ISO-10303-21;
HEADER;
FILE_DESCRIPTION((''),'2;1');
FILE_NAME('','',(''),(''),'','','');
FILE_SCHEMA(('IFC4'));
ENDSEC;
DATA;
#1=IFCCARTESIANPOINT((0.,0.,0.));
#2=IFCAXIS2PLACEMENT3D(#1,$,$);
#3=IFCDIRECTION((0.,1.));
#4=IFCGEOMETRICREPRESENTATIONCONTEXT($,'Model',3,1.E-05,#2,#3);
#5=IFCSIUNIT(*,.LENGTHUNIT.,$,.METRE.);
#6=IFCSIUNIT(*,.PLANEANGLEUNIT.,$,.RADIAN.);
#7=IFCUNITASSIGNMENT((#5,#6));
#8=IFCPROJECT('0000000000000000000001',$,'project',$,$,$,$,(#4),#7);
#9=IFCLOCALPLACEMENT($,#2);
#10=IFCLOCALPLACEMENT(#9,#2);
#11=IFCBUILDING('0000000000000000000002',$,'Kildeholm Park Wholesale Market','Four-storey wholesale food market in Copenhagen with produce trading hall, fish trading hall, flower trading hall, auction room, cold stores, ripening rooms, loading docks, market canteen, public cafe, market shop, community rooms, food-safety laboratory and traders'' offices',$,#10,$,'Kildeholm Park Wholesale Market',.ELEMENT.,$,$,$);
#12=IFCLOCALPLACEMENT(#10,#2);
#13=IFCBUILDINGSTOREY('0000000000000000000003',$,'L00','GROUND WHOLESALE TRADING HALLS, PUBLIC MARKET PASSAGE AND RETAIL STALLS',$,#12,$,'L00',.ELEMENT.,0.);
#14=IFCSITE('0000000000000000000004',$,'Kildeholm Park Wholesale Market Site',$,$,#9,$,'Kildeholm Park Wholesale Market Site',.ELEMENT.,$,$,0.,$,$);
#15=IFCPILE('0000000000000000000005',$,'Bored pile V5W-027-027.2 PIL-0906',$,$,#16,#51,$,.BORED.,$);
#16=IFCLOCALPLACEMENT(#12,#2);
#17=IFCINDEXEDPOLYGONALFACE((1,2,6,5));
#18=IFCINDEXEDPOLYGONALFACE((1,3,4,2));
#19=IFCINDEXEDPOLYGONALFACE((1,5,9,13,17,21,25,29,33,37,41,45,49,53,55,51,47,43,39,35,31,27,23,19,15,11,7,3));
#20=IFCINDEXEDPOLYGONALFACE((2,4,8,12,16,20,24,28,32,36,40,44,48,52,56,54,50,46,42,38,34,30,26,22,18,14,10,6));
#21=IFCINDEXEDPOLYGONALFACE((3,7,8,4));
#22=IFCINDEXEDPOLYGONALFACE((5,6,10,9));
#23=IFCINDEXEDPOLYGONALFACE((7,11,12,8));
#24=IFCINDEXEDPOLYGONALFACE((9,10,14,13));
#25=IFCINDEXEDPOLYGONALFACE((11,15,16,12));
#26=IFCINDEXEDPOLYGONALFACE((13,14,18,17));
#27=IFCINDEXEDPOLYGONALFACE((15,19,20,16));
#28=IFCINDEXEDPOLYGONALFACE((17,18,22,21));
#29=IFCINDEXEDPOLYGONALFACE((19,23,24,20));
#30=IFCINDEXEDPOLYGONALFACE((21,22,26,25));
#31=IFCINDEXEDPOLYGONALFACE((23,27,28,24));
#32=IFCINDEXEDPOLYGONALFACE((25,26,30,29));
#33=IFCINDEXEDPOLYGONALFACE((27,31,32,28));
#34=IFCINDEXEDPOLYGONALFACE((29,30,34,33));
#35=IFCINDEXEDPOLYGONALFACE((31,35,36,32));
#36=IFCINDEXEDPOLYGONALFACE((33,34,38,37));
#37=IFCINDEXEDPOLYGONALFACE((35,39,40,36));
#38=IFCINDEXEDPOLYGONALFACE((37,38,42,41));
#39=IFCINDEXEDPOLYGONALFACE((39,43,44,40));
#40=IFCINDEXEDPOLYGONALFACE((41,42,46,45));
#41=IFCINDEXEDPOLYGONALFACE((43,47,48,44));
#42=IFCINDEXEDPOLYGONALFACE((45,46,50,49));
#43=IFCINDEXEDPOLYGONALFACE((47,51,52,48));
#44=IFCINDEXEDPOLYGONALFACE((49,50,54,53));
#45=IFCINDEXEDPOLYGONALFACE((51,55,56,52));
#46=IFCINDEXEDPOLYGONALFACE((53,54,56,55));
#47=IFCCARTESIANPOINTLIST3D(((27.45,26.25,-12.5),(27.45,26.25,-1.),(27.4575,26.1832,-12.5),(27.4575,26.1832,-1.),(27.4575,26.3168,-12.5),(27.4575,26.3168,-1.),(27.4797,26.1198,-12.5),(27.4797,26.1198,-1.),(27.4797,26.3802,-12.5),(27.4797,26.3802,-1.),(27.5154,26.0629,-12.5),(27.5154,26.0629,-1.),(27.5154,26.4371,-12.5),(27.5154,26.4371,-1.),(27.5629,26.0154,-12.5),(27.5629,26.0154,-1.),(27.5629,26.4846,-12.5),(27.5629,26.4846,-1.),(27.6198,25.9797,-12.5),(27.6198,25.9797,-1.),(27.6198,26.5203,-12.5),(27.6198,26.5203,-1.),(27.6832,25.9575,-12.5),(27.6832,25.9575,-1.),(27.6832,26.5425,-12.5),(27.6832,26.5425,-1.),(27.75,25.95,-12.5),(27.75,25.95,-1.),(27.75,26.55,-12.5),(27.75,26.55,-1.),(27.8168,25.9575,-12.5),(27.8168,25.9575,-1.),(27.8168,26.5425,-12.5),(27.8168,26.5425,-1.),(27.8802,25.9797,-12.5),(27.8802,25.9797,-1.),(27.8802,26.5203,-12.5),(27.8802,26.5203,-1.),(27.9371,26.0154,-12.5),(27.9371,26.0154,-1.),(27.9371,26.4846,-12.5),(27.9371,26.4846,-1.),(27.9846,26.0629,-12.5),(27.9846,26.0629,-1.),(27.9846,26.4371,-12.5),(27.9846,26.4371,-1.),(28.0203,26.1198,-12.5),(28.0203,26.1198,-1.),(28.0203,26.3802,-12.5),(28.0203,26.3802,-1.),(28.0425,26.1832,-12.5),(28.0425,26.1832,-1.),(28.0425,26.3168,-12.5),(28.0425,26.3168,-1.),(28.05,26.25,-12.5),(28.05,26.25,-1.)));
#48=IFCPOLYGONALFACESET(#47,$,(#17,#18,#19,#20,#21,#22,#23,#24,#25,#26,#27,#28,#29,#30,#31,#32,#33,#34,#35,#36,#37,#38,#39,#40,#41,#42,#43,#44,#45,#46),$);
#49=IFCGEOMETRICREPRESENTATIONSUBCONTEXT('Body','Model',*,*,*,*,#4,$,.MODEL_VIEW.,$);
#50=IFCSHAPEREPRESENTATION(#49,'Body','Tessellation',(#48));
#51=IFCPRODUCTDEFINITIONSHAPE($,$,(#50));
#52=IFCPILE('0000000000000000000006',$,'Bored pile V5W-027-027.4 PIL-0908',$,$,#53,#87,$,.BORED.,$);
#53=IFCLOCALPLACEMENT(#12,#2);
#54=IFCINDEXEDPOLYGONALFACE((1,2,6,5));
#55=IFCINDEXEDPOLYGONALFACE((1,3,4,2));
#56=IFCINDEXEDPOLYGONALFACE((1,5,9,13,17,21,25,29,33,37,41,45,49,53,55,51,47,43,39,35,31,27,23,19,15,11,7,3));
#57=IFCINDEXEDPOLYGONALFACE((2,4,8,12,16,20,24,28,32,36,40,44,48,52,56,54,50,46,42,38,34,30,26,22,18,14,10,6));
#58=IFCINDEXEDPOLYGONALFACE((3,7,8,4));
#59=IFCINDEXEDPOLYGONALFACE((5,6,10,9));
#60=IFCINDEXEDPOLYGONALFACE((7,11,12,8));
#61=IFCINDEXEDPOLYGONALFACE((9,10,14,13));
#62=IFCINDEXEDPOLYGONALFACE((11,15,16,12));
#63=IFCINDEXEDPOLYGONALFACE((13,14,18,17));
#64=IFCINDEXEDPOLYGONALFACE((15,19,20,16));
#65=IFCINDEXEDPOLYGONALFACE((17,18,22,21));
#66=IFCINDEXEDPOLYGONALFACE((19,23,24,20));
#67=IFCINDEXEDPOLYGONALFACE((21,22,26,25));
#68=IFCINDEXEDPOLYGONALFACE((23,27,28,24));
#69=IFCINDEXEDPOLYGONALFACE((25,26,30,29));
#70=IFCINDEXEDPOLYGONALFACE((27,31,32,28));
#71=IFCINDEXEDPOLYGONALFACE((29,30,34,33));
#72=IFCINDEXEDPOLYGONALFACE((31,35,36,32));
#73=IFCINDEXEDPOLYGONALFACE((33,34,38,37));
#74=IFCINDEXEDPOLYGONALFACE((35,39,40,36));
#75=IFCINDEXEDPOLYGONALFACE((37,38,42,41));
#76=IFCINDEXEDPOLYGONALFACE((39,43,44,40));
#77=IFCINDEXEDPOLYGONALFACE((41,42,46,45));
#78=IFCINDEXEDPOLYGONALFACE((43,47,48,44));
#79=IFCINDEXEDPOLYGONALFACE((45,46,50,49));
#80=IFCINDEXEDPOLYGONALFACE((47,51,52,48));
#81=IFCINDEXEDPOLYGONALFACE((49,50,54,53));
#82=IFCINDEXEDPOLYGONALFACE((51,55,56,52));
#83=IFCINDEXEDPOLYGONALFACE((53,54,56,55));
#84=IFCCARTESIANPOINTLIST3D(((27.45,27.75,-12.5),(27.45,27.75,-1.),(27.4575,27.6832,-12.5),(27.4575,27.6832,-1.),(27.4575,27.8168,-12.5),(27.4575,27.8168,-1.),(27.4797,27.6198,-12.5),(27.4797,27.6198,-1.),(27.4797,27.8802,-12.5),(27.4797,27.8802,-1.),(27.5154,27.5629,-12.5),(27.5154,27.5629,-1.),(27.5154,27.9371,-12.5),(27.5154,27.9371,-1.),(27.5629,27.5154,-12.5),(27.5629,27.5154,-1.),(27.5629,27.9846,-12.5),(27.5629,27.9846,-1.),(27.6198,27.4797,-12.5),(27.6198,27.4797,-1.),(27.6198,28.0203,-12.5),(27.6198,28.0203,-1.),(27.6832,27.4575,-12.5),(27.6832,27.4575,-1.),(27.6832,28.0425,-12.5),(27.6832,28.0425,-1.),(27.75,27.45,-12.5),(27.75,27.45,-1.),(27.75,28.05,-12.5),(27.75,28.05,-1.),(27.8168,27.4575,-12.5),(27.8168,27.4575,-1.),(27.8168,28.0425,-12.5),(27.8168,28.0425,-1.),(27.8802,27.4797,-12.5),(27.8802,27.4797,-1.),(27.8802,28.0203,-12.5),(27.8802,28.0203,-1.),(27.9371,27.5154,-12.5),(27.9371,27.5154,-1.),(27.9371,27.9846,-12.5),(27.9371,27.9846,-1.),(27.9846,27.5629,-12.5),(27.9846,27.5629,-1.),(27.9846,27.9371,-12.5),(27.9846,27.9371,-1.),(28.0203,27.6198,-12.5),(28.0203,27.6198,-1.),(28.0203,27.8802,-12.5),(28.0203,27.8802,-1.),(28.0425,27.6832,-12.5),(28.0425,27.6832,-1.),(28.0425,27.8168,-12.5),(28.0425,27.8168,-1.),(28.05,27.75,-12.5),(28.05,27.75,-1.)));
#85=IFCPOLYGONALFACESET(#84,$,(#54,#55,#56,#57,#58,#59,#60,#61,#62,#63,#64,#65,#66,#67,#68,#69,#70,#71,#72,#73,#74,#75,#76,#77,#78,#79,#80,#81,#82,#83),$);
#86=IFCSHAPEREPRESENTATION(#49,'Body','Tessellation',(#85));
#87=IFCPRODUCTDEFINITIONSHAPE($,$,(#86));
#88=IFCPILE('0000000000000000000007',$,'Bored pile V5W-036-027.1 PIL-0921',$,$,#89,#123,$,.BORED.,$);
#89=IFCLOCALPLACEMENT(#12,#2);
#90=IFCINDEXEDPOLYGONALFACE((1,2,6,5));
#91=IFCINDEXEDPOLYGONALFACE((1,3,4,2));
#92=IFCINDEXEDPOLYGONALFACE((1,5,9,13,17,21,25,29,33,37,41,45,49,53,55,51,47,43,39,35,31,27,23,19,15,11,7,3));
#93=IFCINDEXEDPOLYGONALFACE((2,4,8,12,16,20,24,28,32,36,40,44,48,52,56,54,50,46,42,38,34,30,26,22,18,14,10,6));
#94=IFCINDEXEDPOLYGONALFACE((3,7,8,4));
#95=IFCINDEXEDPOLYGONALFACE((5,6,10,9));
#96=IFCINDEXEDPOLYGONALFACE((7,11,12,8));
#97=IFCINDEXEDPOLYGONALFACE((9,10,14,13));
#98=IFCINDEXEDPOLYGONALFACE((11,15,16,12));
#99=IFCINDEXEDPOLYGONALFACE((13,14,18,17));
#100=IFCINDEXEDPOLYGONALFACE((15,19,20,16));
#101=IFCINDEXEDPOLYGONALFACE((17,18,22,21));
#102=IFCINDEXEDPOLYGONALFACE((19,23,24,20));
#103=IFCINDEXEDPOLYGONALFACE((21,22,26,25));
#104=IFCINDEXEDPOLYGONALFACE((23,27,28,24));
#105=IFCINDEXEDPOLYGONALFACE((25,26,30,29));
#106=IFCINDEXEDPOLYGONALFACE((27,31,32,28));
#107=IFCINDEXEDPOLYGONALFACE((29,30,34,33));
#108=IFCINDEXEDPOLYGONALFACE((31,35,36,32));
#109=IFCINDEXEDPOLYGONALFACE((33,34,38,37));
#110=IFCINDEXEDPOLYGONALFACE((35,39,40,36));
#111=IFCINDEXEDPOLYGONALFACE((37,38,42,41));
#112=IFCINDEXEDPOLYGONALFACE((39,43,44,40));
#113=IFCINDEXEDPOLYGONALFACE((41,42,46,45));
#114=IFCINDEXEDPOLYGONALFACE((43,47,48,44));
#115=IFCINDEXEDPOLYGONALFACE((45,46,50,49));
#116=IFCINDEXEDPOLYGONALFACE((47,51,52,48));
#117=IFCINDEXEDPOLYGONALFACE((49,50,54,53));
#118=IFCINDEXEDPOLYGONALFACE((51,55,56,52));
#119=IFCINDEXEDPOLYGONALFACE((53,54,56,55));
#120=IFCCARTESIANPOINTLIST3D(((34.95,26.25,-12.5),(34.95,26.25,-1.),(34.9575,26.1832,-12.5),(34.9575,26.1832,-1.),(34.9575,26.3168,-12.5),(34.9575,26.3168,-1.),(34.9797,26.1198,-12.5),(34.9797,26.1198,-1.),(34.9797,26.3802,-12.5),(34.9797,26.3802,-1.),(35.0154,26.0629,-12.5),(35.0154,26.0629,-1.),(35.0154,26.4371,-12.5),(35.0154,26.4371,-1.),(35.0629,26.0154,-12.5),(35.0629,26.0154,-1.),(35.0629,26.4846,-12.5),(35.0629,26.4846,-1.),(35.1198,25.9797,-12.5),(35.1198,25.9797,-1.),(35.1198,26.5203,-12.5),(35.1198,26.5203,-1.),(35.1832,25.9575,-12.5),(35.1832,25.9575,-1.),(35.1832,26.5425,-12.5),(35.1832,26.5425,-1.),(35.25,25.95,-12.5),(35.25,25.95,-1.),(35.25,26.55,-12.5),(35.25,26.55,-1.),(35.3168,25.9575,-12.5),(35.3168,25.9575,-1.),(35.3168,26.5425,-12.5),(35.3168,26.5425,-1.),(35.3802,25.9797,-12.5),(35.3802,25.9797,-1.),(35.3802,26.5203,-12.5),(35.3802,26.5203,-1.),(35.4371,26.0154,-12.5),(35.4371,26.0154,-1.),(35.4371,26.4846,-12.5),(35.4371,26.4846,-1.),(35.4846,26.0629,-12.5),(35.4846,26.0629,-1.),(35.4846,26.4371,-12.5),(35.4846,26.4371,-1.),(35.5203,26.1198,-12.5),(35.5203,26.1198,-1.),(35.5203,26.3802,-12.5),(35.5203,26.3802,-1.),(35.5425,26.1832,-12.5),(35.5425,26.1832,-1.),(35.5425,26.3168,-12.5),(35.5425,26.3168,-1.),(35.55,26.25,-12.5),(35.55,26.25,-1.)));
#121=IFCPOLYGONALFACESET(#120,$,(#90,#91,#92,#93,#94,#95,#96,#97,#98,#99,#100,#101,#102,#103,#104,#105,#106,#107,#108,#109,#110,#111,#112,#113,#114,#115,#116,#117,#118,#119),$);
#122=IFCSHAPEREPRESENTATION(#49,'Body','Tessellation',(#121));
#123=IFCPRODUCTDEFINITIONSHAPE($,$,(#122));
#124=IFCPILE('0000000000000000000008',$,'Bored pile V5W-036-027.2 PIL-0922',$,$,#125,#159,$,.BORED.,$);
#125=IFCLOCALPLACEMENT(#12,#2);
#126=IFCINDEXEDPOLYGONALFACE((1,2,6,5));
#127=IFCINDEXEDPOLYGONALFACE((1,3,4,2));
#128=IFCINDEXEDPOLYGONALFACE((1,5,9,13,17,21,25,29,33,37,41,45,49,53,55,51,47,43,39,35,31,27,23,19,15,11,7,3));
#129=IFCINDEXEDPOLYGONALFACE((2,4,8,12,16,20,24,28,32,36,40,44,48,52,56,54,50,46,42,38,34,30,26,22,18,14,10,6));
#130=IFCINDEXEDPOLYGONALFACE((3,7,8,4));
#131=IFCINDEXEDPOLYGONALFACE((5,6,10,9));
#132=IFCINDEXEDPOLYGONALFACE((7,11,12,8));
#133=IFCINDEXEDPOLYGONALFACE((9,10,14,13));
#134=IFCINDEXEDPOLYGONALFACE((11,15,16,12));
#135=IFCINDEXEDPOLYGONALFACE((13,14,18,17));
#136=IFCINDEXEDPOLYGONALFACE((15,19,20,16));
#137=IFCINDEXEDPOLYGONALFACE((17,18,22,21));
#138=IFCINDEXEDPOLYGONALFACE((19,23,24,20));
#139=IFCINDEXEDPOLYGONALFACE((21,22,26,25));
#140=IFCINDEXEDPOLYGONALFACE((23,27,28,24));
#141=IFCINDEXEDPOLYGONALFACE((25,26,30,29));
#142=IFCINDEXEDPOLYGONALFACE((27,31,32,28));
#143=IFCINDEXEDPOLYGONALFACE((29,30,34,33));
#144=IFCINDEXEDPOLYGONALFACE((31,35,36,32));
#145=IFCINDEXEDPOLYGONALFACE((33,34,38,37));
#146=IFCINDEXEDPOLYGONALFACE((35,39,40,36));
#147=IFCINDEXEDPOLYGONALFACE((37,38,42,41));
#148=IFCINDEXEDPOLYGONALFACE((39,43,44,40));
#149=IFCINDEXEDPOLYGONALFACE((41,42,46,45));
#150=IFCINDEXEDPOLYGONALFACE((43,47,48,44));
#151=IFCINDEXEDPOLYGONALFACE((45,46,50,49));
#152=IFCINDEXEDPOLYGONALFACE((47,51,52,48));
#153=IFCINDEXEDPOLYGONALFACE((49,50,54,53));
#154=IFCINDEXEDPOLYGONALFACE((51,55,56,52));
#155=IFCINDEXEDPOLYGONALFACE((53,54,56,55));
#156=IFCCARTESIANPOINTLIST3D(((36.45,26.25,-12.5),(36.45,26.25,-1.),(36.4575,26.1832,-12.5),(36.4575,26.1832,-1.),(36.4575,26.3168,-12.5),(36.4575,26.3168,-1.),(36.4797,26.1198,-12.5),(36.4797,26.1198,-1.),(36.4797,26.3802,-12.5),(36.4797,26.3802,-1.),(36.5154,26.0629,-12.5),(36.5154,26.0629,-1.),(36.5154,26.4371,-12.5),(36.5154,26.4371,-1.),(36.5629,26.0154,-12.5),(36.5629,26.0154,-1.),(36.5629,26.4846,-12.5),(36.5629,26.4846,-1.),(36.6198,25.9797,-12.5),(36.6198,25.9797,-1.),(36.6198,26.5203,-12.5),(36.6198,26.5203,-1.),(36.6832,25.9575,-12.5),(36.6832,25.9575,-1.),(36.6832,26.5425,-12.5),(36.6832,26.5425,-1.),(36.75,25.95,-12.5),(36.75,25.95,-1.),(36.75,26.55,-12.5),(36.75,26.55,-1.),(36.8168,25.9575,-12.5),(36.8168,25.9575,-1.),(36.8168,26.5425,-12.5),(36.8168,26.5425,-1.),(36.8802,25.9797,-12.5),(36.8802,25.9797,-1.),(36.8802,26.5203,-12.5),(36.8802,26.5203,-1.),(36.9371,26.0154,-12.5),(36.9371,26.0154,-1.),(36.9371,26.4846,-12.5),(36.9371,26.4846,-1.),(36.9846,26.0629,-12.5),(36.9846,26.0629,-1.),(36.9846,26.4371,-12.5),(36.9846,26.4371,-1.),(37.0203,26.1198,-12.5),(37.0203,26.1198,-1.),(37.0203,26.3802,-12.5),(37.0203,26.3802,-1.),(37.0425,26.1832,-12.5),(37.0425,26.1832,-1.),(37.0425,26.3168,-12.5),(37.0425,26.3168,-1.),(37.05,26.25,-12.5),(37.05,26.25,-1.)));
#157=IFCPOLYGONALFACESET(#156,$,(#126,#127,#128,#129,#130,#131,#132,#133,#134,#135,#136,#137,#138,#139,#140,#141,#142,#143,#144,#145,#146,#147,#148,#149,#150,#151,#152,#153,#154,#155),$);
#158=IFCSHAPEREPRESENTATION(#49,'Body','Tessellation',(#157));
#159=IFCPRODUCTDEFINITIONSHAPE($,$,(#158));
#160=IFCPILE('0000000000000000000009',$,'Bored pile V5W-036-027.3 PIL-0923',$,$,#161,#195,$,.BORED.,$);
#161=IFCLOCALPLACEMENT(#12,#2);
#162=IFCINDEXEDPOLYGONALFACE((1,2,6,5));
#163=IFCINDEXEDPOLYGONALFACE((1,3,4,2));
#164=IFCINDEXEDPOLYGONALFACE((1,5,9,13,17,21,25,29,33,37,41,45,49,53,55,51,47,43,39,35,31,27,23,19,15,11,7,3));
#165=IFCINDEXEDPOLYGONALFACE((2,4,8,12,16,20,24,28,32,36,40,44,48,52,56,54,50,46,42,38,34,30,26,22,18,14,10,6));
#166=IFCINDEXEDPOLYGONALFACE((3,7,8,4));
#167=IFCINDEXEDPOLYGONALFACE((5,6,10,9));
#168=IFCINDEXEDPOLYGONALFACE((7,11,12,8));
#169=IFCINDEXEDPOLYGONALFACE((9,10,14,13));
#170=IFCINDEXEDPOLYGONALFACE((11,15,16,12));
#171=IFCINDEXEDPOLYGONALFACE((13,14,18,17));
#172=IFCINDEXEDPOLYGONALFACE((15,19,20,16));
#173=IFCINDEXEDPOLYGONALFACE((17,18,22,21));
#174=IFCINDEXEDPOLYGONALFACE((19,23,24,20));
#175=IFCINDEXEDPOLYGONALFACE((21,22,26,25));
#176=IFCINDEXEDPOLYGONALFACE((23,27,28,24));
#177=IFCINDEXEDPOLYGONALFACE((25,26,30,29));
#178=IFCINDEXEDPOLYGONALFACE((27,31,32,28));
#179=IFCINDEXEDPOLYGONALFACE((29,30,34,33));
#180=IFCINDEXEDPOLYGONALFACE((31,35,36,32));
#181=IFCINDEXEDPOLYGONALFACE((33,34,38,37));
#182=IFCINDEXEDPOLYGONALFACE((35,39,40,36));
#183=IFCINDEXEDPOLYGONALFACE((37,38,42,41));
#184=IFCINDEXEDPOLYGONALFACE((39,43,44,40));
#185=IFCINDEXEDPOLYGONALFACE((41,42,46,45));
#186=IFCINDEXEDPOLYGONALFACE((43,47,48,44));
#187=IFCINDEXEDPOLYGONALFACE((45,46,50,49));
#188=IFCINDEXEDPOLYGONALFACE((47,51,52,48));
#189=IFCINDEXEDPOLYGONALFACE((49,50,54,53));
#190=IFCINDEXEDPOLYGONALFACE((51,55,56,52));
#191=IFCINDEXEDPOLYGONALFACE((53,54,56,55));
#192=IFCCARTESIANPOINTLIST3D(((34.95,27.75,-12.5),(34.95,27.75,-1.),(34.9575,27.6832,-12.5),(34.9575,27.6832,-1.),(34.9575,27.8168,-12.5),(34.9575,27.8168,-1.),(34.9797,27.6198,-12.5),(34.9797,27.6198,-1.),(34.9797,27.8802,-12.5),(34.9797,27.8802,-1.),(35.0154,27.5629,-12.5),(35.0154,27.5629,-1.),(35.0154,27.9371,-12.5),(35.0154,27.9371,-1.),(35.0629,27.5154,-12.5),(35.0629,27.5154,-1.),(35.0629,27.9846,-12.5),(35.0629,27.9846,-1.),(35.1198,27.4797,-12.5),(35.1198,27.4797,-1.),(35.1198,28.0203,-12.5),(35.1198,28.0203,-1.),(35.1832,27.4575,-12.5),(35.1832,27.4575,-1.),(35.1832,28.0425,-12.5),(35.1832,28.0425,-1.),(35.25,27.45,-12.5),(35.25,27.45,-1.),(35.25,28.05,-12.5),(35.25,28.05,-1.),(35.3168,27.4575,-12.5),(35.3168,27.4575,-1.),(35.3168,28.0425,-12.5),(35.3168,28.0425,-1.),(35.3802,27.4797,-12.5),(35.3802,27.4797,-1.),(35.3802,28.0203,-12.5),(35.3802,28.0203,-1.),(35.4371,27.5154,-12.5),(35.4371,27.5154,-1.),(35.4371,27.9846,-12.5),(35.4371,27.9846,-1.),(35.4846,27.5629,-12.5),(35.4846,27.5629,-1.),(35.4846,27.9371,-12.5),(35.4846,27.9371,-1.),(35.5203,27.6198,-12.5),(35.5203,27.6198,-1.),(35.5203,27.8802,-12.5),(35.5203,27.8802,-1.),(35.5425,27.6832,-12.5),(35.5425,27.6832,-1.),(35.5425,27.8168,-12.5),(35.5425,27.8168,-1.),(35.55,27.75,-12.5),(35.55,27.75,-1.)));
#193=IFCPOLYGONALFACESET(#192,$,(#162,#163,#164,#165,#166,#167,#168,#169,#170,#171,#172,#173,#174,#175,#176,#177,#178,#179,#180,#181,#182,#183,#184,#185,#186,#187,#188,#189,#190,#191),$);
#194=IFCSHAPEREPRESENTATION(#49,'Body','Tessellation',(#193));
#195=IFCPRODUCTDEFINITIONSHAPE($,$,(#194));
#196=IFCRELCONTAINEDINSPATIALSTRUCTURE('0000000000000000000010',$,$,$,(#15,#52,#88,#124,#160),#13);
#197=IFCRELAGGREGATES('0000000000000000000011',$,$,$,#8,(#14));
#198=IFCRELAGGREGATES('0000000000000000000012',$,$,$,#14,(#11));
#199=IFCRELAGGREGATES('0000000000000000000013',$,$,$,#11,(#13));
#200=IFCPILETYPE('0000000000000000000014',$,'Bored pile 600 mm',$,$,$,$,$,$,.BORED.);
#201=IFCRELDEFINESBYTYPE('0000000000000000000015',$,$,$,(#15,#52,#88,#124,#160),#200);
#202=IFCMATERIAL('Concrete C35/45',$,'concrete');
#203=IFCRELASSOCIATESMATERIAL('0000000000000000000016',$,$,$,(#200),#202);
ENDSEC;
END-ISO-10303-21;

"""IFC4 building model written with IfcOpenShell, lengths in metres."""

from ifc_helpers import new_model, si_unit, direction, frame, origin, origin_2d, place, context, subcontext, project, spatial, circle, extrude, material, material_profile, profile_set, type_object, element, save


model = new_model("IFC4")

# Units and contexts
model_context = context("Model", 3, precision=1e-05, world=origin(), true_north=direction((0.0, 1.0)))
body_context = subcontext(model_context, "Body", "Model", "MODEL_VIEW")
ifc_project = project(units=[si_unit("LENGTHUNIT", "METRE"), si_unit("PLANEANGLEUNIT", "RADIAN")], contexts=[model_context])

# Site, building, storey
site_placement = place(None, origin())
site = spatial("IfcSite", under=ifc_project, at=site_placement, Name="Kildeholm Park Wholesale Market Site", LongName="Kildeholm Park Wholesale Market Site", CompositionType="ELEMENT", RefElevation=0.0)
building_placement = place(site_placement, origin())
building = spatial("IfcBuilding", under=site, at=building_placement, Name="Kildeholm Park Wholesale Market", Description="Four-storey wholesale food market in Copenhagen with produce trading hall, fish trading hall, flower trading hall, auction room, cold stores, ripening rooms, loading docks, market canteen, public cafe, market shop, community rooms, food-safety laboratory and traders' offices", LongName="Kildeholm Park Wholesale Market", CompositionType="ELEMENT")
storey_placement = place(building_placement, origin())
storey = spatial("IfcBuildingStorey", under=building, at=storey_placement, Name="L00", Description="GROUND WHOLESALE TRADING HALLS, PUBLIC MARKET PASSAGE AND RETAIL STALLS", LongName="L00", CompositionType="ELEMENT", Elevation=0.0)

# Piles
ifc_material_1 = material(Name="Concrete C35/45", Category="concrete")
ifc_material_profile_1 = material_profile(ifc_material_1, circle(Radius=0.3, at=origin_2d()), Name="PILE D600")
ifc_profile_set_1 = profile_set([ifc_material_profile_1], Name="Concrete C35/45")
pile_type = type_object("IfcPileType", Name="Bored pile 600 mm", PredefinedType="BORED", material=ifc_profile_set_1)
for number, where, z_axis, x_axis, name in (
    (1, (27.75, 26.25, -1.0), (0.0, 0.0, -1.0), (1.0, 0.0, 0.0), "Bored pile V5W-027-027.2 PIL-0906"),
    (2, (27.75, 27.75, -1.0), (0.0, 0.0, -1.0), (1.0, 0.0, 0.0), "Bored pile V5W-027-027.4 PIL-0908"),
    (3, (35.25, 26.25, -1.0), (0.0, 0.0, -1.0), (1.0, 0.0, 0.0), "Bored pile V5W-036-027.1 PIL-0921"),
    (4, (36.75, 26.25, -1.0), (0.0, 0.0, -1.0), (1.0, 0.0, 0.0), "Bored pile V5W-036-027.2 PIL-0922"),
    (5, (35.25, 27.75, -1.0), (0.0, 0.0, -1.0), (1.0, 0.0, 0.0), "Bored pile V5W-036-027.3 PIL-0923"),
):
    element("IfcPile", number, at=place(storey_placement, frame(where, z_axis=z_axis, x_axis=x_axis)), inside=storey, type_object=pile_type, Name=name, PredefinedType="BORED", context=body_context, shape_type="SweptSolid", body=[
        extrude(circle(Radius=0.3, at=origin_2d()), origin(), (0.0, 0.0, 1.0), 11.5),
    ])

save(model, "model.ifc")
